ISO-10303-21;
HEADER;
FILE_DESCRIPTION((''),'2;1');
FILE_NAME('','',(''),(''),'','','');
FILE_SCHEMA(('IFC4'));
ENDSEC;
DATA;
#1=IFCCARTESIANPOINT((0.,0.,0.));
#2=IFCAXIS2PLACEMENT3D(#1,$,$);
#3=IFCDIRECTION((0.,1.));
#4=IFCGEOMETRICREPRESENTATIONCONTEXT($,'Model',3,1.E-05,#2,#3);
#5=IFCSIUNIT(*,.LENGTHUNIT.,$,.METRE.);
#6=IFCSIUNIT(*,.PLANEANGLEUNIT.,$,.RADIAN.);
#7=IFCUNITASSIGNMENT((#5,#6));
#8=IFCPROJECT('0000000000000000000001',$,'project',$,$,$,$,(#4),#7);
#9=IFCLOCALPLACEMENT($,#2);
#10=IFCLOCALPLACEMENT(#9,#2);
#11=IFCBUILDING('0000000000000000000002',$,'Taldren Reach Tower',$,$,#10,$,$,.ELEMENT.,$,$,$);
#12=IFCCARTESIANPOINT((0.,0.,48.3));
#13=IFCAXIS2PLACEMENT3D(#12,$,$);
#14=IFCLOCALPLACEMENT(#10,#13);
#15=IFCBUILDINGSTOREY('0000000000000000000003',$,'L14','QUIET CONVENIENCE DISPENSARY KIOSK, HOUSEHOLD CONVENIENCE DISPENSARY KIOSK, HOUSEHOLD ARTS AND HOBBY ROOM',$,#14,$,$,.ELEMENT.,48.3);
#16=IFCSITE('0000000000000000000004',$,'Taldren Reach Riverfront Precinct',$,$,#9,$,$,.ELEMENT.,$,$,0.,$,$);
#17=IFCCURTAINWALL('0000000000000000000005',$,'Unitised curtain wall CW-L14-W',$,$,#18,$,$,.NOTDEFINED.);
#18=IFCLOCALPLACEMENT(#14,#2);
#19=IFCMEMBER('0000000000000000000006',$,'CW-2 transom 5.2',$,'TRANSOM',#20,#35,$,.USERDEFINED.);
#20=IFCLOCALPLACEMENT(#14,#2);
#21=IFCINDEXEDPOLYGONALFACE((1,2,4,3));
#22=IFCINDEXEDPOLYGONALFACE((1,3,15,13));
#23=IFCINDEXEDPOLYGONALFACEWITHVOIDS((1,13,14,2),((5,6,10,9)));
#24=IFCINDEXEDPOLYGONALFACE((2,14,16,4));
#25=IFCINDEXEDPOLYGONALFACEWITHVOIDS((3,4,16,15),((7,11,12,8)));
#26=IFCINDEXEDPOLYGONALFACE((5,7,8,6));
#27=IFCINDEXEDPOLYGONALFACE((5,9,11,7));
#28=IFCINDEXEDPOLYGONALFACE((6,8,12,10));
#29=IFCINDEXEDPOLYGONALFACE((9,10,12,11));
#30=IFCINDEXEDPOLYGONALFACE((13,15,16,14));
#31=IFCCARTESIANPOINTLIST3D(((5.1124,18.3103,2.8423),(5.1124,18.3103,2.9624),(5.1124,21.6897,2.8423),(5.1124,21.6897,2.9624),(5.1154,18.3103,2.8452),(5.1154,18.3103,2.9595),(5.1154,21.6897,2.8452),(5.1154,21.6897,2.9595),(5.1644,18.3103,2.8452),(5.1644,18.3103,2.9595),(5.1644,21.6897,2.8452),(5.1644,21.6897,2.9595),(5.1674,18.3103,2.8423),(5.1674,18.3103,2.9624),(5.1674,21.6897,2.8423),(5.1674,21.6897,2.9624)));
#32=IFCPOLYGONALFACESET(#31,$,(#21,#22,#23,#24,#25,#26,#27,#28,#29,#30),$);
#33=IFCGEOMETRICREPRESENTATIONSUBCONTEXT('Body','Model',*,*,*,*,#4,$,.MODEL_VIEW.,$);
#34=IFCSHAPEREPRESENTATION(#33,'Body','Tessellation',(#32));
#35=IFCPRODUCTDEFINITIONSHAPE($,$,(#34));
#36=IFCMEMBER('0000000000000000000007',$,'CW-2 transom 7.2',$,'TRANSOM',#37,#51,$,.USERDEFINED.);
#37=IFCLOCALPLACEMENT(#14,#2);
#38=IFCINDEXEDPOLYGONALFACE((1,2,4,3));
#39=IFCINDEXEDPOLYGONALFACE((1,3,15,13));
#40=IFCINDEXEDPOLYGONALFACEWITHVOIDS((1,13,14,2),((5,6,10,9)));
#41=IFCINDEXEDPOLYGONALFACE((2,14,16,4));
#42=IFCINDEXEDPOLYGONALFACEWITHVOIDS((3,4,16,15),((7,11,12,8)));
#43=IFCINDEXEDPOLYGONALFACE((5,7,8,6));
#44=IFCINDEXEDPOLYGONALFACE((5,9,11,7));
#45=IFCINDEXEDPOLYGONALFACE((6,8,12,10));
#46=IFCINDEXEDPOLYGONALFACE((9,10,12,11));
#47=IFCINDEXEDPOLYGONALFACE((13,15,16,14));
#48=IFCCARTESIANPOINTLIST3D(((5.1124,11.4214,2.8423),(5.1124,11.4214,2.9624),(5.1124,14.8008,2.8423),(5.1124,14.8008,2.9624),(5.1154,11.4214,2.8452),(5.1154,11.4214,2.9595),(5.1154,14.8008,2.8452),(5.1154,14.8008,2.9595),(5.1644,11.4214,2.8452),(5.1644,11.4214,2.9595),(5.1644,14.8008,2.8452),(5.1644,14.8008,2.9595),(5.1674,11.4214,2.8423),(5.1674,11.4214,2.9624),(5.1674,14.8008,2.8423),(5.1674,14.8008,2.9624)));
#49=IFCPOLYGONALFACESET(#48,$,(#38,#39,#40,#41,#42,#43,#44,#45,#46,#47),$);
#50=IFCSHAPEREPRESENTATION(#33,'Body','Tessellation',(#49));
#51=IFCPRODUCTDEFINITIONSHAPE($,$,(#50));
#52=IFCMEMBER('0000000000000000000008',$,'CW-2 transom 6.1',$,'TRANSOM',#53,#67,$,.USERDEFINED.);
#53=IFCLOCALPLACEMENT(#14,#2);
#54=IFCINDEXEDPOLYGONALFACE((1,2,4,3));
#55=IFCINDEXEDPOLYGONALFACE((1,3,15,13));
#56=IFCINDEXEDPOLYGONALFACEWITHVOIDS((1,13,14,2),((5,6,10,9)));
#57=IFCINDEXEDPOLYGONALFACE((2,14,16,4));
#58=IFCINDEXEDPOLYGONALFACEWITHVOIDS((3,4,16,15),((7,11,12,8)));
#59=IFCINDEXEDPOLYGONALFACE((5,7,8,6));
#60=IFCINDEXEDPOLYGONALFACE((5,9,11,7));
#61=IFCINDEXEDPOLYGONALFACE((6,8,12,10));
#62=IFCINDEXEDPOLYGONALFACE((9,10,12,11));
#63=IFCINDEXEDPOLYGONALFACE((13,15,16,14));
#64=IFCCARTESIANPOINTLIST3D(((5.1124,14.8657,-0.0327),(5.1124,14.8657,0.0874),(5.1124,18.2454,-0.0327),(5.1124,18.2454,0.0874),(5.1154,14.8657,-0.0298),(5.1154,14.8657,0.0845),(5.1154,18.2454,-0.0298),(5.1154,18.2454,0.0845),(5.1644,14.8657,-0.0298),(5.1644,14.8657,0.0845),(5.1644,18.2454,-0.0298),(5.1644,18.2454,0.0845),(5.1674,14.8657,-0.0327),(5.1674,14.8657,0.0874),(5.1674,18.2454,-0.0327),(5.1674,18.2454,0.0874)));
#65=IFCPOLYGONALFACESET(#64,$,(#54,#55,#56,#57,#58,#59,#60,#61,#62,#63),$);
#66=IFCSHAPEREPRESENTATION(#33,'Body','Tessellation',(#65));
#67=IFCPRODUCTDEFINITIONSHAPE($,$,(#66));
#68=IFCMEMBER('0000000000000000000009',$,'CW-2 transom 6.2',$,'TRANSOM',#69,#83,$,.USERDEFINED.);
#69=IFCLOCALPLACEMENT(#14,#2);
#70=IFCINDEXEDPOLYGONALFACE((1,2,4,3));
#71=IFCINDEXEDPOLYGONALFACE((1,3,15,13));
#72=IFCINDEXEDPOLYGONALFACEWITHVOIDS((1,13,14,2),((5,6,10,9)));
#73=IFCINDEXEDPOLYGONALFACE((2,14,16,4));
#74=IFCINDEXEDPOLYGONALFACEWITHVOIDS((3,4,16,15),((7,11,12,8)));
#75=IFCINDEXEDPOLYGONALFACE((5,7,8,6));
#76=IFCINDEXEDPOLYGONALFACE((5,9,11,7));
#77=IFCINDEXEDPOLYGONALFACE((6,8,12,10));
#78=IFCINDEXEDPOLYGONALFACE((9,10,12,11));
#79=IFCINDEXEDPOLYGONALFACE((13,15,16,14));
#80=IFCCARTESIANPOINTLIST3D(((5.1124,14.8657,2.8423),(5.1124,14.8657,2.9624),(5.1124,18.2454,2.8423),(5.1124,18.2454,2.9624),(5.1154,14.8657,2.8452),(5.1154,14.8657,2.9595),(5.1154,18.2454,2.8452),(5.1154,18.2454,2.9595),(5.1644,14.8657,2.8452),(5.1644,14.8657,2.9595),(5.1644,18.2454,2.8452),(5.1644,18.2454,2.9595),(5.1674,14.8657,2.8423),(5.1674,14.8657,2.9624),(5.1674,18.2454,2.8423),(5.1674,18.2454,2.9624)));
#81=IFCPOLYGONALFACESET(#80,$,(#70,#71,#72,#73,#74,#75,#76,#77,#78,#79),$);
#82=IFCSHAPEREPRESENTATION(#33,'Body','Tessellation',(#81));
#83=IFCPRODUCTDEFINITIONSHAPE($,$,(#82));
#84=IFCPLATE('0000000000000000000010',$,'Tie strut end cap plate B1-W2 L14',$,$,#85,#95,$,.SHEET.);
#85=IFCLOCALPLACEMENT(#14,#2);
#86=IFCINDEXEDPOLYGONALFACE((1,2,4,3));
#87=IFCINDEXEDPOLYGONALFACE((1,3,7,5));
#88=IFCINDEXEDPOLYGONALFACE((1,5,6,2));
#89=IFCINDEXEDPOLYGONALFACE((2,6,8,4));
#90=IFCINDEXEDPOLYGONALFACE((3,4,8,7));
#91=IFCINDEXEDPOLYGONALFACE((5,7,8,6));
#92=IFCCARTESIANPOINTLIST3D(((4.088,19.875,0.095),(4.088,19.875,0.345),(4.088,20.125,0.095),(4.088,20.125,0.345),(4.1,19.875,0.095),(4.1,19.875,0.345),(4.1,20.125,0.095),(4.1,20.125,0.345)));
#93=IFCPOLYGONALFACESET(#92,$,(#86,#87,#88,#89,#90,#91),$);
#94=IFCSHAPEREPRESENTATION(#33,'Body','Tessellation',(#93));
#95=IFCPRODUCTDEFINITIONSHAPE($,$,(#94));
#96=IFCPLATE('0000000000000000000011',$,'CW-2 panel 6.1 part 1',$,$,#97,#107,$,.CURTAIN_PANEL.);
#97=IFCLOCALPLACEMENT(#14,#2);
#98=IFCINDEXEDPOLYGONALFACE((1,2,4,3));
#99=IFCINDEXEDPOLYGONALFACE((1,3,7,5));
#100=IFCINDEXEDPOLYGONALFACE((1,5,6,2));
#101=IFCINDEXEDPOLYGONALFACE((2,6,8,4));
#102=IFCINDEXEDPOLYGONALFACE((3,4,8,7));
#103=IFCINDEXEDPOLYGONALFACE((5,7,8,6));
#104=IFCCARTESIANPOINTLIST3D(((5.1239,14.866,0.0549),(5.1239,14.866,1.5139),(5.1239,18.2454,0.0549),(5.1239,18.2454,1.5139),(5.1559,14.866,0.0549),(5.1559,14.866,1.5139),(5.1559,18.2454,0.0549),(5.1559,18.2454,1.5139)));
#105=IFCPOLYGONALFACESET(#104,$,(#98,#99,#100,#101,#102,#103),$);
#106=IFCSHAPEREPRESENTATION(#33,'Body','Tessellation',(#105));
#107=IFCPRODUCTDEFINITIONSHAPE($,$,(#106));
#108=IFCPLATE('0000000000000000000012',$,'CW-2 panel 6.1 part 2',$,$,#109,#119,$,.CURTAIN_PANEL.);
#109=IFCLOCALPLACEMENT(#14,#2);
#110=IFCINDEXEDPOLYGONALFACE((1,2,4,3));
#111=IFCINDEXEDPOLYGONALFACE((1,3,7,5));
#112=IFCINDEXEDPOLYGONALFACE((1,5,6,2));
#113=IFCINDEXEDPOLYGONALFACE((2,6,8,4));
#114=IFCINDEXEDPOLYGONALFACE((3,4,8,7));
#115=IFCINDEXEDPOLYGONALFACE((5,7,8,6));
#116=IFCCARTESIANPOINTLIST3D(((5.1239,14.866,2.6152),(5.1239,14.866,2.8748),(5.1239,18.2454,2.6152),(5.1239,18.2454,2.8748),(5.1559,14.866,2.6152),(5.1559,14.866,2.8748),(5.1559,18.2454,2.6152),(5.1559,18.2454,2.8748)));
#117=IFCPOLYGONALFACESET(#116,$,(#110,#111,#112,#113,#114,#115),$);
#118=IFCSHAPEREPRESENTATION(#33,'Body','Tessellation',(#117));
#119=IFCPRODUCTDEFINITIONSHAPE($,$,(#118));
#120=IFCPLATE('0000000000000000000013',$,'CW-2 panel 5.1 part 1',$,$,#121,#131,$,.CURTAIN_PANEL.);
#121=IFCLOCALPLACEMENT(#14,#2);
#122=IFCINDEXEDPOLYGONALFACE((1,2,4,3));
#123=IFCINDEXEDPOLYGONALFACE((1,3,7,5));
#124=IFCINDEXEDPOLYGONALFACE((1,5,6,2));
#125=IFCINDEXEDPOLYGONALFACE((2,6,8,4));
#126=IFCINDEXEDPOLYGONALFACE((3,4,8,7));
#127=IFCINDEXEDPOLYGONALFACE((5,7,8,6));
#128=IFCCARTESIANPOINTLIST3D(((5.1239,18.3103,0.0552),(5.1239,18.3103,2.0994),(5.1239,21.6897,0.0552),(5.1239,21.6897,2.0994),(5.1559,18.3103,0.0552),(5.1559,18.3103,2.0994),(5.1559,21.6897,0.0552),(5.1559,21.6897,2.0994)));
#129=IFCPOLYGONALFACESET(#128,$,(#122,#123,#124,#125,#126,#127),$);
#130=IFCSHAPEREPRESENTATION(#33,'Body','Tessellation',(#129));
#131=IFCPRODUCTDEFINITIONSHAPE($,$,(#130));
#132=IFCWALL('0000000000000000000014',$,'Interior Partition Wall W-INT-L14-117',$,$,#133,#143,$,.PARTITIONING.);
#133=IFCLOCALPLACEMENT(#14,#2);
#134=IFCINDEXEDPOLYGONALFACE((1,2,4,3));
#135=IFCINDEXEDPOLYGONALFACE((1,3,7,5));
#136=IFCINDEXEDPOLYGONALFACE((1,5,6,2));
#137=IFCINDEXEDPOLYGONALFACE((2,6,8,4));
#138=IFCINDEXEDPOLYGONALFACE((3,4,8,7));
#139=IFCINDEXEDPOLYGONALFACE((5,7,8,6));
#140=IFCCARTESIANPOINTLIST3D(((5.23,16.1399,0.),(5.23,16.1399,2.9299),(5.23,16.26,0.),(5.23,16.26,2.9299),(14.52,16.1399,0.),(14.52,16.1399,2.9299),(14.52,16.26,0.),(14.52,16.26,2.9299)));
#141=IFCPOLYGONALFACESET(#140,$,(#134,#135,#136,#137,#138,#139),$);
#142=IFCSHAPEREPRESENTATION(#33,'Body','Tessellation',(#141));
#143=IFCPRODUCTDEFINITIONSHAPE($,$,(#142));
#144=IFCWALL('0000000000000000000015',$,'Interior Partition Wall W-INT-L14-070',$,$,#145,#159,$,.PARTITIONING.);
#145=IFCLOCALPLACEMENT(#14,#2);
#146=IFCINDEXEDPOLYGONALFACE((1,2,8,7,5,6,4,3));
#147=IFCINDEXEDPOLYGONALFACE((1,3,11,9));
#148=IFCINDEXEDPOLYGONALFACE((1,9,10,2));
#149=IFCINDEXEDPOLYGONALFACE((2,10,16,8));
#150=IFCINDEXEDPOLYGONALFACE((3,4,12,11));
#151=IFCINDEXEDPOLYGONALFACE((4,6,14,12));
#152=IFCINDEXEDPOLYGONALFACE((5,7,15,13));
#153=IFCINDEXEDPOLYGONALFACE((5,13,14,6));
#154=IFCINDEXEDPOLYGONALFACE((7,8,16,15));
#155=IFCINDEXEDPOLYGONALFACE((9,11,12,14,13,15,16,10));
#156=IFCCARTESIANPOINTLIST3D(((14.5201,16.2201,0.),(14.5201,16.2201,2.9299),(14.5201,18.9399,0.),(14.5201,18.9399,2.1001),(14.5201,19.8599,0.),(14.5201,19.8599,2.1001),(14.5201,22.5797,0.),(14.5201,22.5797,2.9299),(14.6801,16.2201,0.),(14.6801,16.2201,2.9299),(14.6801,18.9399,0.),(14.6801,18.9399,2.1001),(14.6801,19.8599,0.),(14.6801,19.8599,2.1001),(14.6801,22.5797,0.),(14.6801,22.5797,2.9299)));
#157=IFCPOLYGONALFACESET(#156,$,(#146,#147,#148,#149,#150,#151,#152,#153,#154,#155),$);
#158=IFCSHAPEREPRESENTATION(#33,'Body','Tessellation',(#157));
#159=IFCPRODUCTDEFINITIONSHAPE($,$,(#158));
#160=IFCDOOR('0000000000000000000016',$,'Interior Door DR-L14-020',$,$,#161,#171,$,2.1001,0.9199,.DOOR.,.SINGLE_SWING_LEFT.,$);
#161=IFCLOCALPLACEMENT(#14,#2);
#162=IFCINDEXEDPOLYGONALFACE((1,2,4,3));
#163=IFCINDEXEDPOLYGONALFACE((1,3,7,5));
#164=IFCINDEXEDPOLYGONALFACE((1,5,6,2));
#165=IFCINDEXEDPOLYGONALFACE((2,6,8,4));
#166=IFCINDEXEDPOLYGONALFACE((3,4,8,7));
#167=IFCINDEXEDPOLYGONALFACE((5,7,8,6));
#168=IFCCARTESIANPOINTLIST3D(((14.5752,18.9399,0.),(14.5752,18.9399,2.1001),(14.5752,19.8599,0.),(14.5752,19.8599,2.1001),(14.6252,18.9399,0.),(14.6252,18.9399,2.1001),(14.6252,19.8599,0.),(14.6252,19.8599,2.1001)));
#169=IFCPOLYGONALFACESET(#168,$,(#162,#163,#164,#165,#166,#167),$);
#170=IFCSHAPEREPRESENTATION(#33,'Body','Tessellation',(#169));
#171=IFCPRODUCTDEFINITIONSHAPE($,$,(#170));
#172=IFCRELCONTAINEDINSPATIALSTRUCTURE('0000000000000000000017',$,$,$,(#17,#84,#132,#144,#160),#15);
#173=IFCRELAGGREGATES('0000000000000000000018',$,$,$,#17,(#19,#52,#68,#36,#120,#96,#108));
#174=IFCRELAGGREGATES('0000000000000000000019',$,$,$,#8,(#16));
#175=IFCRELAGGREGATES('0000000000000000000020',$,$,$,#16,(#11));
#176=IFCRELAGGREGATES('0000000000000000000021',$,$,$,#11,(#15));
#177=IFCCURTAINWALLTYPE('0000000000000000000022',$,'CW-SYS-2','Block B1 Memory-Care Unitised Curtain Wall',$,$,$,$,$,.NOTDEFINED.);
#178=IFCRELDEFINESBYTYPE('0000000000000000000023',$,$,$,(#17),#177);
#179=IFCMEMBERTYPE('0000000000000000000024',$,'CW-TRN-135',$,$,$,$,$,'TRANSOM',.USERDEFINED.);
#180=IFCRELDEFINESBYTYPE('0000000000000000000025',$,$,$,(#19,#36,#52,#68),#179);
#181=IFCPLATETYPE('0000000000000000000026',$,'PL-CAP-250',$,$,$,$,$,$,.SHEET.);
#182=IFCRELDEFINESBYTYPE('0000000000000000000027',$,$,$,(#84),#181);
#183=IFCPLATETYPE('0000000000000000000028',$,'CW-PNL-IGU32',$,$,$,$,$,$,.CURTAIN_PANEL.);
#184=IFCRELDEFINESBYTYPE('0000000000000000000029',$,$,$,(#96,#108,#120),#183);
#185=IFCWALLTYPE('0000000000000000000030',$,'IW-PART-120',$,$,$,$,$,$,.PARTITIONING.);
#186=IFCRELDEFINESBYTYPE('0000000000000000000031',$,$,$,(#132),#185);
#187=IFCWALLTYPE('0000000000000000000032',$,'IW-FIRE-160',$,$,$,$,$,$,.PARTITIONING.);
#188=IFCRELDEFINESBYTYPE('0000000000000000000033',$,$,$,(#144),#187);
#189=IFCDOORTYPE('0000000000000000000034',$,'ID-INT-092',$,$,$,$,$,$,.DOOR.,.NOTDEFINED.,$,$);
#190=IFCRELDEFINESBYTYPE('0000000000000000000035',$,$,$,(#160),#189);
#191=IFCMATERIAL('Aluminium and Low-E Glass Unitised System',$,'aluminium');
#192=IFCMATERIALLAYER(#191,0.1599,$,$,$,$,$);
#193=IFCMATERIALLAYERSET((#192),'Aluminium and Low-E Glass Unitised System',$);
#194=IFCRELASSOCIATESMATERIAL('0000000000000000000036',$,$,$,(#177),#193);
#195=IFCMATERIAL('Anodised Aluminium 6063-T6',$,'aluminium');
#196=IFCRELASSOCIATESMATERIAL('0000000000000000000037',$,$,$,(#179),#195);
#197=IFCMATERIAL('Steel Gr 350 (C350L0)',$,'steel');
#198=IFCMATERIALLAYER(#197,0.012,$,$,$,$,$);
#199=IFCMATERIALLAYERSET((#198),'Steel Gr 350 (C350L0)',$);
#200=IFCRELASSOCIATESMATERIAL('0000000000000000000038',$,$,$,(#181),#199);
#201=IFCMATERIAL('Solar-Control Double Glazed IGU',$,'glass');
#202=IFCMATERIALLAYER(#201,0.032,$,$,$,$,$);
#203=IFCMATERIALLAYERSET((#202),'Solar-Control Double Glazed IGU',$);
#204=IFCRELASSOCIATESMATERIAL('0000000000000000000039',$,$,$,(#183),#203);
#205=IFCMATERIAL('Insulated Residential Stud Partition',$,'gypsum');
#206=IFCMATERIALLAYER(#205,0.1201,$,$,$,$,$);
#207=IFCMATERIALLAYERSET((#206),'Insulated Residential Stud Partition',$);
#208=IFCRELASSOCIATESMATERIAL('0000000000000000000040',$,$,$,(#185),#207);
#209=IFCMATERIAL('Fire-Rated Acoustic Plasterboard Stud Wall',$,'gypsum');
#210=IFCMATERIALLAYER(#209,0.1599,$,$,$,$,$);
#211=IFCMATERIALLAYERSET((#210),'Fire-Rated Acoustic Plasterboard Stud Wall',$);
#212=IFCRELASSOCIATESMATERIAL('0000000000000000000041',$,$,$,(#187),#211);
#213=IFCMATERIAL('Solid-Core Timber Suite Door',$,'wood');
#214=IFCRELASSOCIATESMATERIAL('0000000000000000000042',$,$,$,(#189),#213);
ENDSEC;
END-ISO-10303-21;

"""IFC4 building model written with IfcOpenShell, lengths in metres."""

from ifc_helpers import new_model, si_unit, direction, frame, frame_2d, origin, origin_2d, place, context, subcontext, project, spatial, rectangle, hollow_rectangle, extrude, source, transform, mapped, material, layer, layer_set, material_profile, profile_set, type_object, element, fill, aggregate, save


model = new_model("IFC4")

# Units and contexts
model_context = context("Model", 3, precision=1e-05, world=origin(), true_north=direction((0.0, 1.0)))
body_context = subcontext(model_context, "Body", "Model", "MODEL_VIEW")
ifc_project = project(units=[si_unit("LENGTHUNIT", "METRE"), si_unit("PLANEANGLEUNIT", "RADIAN")], contexts=[model_context])

# Site, building, storey
site_placement = place(None, origin())
site = spatial("IfcSite", under=ifc_project, at=site_placement, Name="Taldren Reach Riverfront Precinct", CompositionType="ELEMENT", RefElevation=0.0)
building_placement = place(site_placement, origin())
building = spatial("IfcBuilding", under=site, at=building_placement, Name="Taldren Reach Tower", CompositionType="ELEMENT")
storey_placement = place(building_placement, frame((0.0, 0.0, 48.3)))
storey = spatial("IfcBuildingStorey", under=building, at=storey_placement, Name="L14", Description="QUIET CONVENIENCE DISPENSARY KIOSK, HOUSEHOLD CONVENIENCE DISPENSARY KIOSK, HOUSEHOLD ARTS AND HOBBY ROOM", CompositionType="ELEMENT", Elevation=48.3)

# Shared definitions
ifc_material_1 = material(Name="Steel Gr 350 (C350L0)", Category="steel")

# Curtain wall, members
ifc_material_2 = material(Name="Aluminium and Low-E Glass Unitised System", Category="aluminium")
ifc_layer_1 = layer(ifc_material_2, 0.1599)
ifc_layer_set_1 = layer_set([ifc_layer_1], Name="Aluminium and Low-E Glass Unitised System")
curtain_wall_type = type_object("IfcCurtainWallType", Name="CW-SYS-2", Description="Block B1 Memory-Care Unitised Curtain Wall", PredefinedType="NOTDEFINED", material=ifc_layer_set_1)
curtain_wall_placement = place(storey_placement, origin())
curtain_wall = element("IfcCurtainWall", 1, at=curtain_wall_placement, inside=storey, type_object=curtain_wall_type, Name="Unitised curtain wall CW-L14-W", PredefinedType="NOTDEFINED")
ifc_material_3 = material(Name="Anodised Aluminium 6063-T6", Category="aluminium")
ifc_material_profile_1 = material_profile(ifc_material_3, hollow_rectangle(XDim=0.0549, YDim=0.1201, WallThickness=0.0029, at=origin_2d()), Name="ALU-120x55x3RHS")
ifc_profile_set_1 = profile_set([ifc_material_profile_1], Name="Anodised Aluminium 6063-T6")
member_type_1 = type_object("IfcMemberType", Name="CW-TRN-135", ElementType="TRANSOM", PredefinedType="USERDEFINED", material=ifc_profile_set_1)
shared_shape_1 = source(origin(), body_context, "Body", "SweptSolid", [
    extrude(hollow_rectangle(XDim=0.0549, YDim=0.1201, WallThickness=0.0029, at=origin_2d()), origin(), (0.0, 0.0, 1.0), 3.3794),
])
member_1_placement = place(storey_placement, frame((5.1399, 21.6897, 2.9023), z_axis=(0.0, -1.0, 0.0), x_axis=(1.0, 0.0, 0.0)))
member_1 = element("IfcMember", 2, at=member_1_placement, type_object=member_type_1, Name="CW-2 transom 5.2", ObjectType="TRANSOM", PredefinedType="USERDEFINED", context=body_context, shape_type="MappedRepresentation", body=[
    mapped(shared_shape_1, transform((0.0, 0.0, 0.0), scale=1.0)),
])
member_2_placement = place(storey_placement, frame((5.1399, 14.8008, 2.9023), z_axis=(0.0, -1.0, 0.0), x_axis=(1.0, 0.0, 0.0)))
member_2 = element("IfcMember", 3, at=member_2_placement, type_object=member_type_1, Name="CW-2 transom 7.2", ObjectType="TRANSOM", PredefinedType="USERDEFINED", context=body_context, shape_type="MappedRepresentation", body=[
    mapped(shared_shape_1, transform((0.0, 0.0, 0.0), scale=1.0)),
])
shared_shape_2 = source(origin(), body_context, "Body", "SweptSolid", [
    extrude(hollow_rectangle(XDim=0.0549, YDim=0.1201, WallThickness=0.0029, at=origin_2d()), origin(), (0.0, 0.0, 1.0), 3.3796),
])
member_3_placement = place(storey_placement, frame((5.1399, 18.2454, 0.0273), z_axis=(0.0, -1.0, 0.0), x_axis=(1.0, 0.0, 0.0)))
member_3 = element("IfcMember", 4, at=member_3_placement, type_object=member_type_1, Name="CW-2 transom 6.1", ObjectType="TRANSOM", PredefinedType="USERDEFINED", context=body_context, shape_type="MappedRepresentation", body=[
    mapped(shared_shape_2, transform((0.0, 0.0, 0.0), scale=1.0)),
])
member_4_placement = place(storey_placement, frame((5.1399, 18.2454, 2.9023), z_axis=(0.0, -1.0, 0.0), x_axis=(1.0, 0.0, 0.0)))
member_4 = element("IfcMember", 5, at=member_4_placement, type_object=member_type_1, Name="CW-2 transom 6.2", ObjectType="TRANSOM", PredefinedType="USERDEFINED", context=body_context, shape_type="MappedRepresentation", body=[
    mapped(shared_shape_2, transform((0.0, 0.0, 0.0), scale=1.0)),
])

# Plates
ifc_layer_2 = layer(ifc_material_1, 0.012)
ifc_layer_set_2 = layer_set([ifc_layer_2], Name="Steel Gr 350 (C350L0)")
plate_type_1 = type_object("IfcPlateType", Name="PL-CAP-250", PredefinedType="SHEET", material=ifc_layer_set_2)
shared_shape_3 = source(origin(), body_context, "Body", "SweptSolid", [
    extrude(rectangle(XDim=0.012, YDim=0.25, at=origin_2d()), origin(), (0.0, 0.0, 1.0), 0.25),
])
plate_1_placement = place(storey_placement, frame((4.094, 20.0, 0.095), z_axis=(0.0, 0.0, 1.0), x_axis=(1.0, 0.0, 0.0)))
element("IfcPlate", 6, at=plate_1_placement, inside=storey, type_object=plate_type_1, Name="Tie strut end cap plate B1-W2 L14", PredefinedType="SHEET", context=body_context, shape_type="MappedRepresentation", body=[
    mapped(shared_shape_3, transform((0.0, 0.0, 0.0), scale=1.0)),
])
ifc_material_4 = material(Name="Solar-Control Double Glazed IGU", Category="glass")
ifc_layer_3 = layer(ifc_material_4, 0.032)
ifc_layer_set_3 = layer_set([ifc_layer_3], Name="Solar-Control Double Glazed IGU")
plate_type_2 = type_object("IfcPlateType", Name="CW-PNL-IGU32", PredefinedType="CURTAIN_PANEL", material=ifc_layer_set_3)
shared_shape_4 = source(origin(), body_context, "Body", "SweptSolid", [
    extrude(rectangle(XDim=3.3794, YDim=0.032, at=origin_2d()), origin(), (0.0, 0.0, 1.0), 1.459),
])
plate_2_placement = place(storey_placement, frame((5.1399, 16.5557, 0.0549), z_axis=(0.0, 0.0, 1.0), x_axis=(0.0, -1.0, 0.0)))
plate_2 = element("IfcPlate", 7, at=plate_2_placement, type_object=plate_type_2, Name="CW-2 panel 6.1 part 1", PredefinedType="CURTAIN_PANEL", context=body_context, shape_type="MappedRepresentation", body=[
    mapped(shared_shape_4, transform((0.0, 0.0, 0.0), scale=1.0)),
])
shared_shape_5 = source(origin(), body_context, "Body", "SweptSolid", [
    extrude(rectangle(XDim=3.3794, YDim=0.032, at=origin_2d()), origin(), (0.0, 0.0, 1.0), 0.2595),
])
plate_3_placement = place(storey_placement, frame((5.1399, 16.5557, 2.6152), z_axis=(0.0, 0.0, 1.0), x_axis=(0.0, -1.0, 0.0)))
plate_3 = element("IfcPlate", 8, at=plate_3_placement, type_object=plate_type_2, Name="CW-2 panel 6.1 part 2", PredefinedType="CURTAIN_PANEL", context=body_context, shape_type="MappedRepresentation", body=[
    mapped(shared_shape_5, transform((0.0, 0.0, 0.0), scale=1.0)),
])
shared_shape_6 = source(origin(), body_context, "Body", "SweptSolid", [
    extrude(rectangle(XDim=3.3794, YDim=0.032, at=origin_2d()), origin(), (0.0, 0.0, 1.0), 2.0442),
])
plate_4_placement = place(storey_placement, frame((5.1399, 20.0, 0.0552), z_axis=(0.0, 0.0, 1.0), x_axis=(0.0, -1.0, 0.0)))
plate_4 = element("IfcPlate", 9, at=plate_4_placement, type_object=plate_type_2, Name="CW-2 panel 5.1 part 1", PredefinedType="CURTAIN_PANEL", context=body_context, shape_type="MappedRepresentation", body=[
    mapped(shared_shape_6, transform((0.0, 0.0, 0.0), scale=1.0)),
])
aggregate(curtain_wall, [member_1, member_3, member_4, member_2, plate_4, plate_2, plate_3])

# Wall
ifc_material_5 = material(Name="Insulated Residential Stud Partition", Category="gypsum")
ifc_layer_4 = layer(ifc_material_5, 0.1201)
ifc_layer_set_4 = layer_set([ifc_layer_4], Name="Insulated Residential Stud Partition")
wall_type_1 = type_object("IfcWallType", Name="IW-PART-120", PredefinedType="PARTITIONING", material=ifc_layer_set_4)
shared_shape_7 = source(origin(), body_context, "Body", "SweptSolid", [
    extrude(rectangle(XDim=9.29, YDim=0.1201, at=frame_2d((4.645, 0.0))), origin(), (0.0, 0.0, 1.0), 2.9299),
])
wall_1_placement = place(storey_placement, frame((5.23, 16.2, 0.0), z_axis=(0.0, 0.0, 1.0), x_axis=(1.0, 0.0, 0.0)))
element("IfcWall", 10, at=wall_1_placement, inside=storey, type_object=wall_type_1, Name="Interior Partition Wall W-INT-L14-117", PredefinedType="PARTITIONING", context=body_context, shape_type="MappedRepresentation", body=[
    mapped(shared_shape_7, transform((0.0, 0.0, 0.0), scale=1.0)),
])

# Wall, opening, door
ifc_material_6 = material(Name="Fire-Rated Acoustic Plasterboard Stud Wall", Category="gypsum")
ifc_layer_5 = layer(ifc_material_6, 0.1599)
ifc_layer_set_5 = layer_set([ifc_layer_5], Name="Fire-Rated Acoustic Plasterboard Stud Wall")
wall_type_2 = type_object("IfcWallType", Name="IW-FIRE-160", PredefinedType="PARTITIONING", material=ifc_layer_set_5)
shared_shape_8 = source(origin(), body_context, "Body", "SweptSolid", [
    extrude(rectangle(XDim=6.3596, YDim=0.1599, at=frame_2d((3.1797, 0.0))), origin(), (0.0, 0.0, 1.0), 2.9299),
])
wall_2_placement = place(storey_placement, frame((14.6001, 16.2202, 0.0), z_axis=(0.0, 0.0, 1.0), x_axis=(0.0, 1.0, 0.0)))
wall_2 = element("IfcWall", 11, at=wall_2_placement, inside=storey, type_object=wall_type_2, Name="Interior Partition Wall W-INT-L14-070", PredefinedType="PARTITIONING", context=body_context, shape_type="MappedRepresentation", body=[
    mapped(shared_shape_8, transform((0.0, 0.0, 0.0), scale=1.0)),
])
shared_shape_9 = source(origin(), body_context, "Body", "SweptSolid", [
    extrude(rectangle(XDim=0.9199, YDim=2.1001, at=frame_2d((0.46, 1.05))), frame((0.0, 0.0898, 0.0), z_axis=(0.0, -1.0, 0.0), x_axis=(1.0, 0.0, 0.0)), (0.0, 0.0, 1.0), 0.1799),
])
opening_placement = place(wall_2_placement, frame((2.7197, 0.0, 0.0)))
opening = element("IfcOpeningElement", 12, at=opening_placement, cuts=wall_2, PredefinedType="OPENING", context=body_context, shape_type="MappedRepresentation", body=[
    mapped(shared_shape_9, transform((0.0, 0.0, 0.0), scale=1.0)),
])
ifc_material_7 = material(Name="Solid-Core Timber Suite Door", Category="wood")
door_type = type_object("IfcDoorType", Name="ID-INT-092", OperationType="NOTDEFINED", PredefinedType="DOOR", material=ifc_material_7)
shared_shape_10 = source(origin(), body_context, "Body", "SweptSolid", [
    extrude(rectangle(XDim=0.9199, YDim=2.1001, at=frame_2d((0.46, 1.05))), frame((0.0, 0.0249, 0.0), z_axis=(0.0, -1.0, 0.0), x_axis=(1.0, 0.0, 0.0)), (0.0, 0.0, 1.0), 0.05),
])
door_placement = place(opening_placement, origin())
door = element("IfcDoor", 13, at=door_placement, inside=storey, type_object=door_type, Name="Interior Door DR-L14-020", OperationType="SINGLE_SWING_LEFT", OverallHeight=2.1001, OverallWidth=0.9199, PredefinedType="DOOR", context=body_context, shape_type="MappedRepresentation", body=[
    mapped(shared_shape_10, transform((0.0, 0.0, 0.0), scale=1.0)),
])
fill(opening, door)

save(model, "model.ifc")
